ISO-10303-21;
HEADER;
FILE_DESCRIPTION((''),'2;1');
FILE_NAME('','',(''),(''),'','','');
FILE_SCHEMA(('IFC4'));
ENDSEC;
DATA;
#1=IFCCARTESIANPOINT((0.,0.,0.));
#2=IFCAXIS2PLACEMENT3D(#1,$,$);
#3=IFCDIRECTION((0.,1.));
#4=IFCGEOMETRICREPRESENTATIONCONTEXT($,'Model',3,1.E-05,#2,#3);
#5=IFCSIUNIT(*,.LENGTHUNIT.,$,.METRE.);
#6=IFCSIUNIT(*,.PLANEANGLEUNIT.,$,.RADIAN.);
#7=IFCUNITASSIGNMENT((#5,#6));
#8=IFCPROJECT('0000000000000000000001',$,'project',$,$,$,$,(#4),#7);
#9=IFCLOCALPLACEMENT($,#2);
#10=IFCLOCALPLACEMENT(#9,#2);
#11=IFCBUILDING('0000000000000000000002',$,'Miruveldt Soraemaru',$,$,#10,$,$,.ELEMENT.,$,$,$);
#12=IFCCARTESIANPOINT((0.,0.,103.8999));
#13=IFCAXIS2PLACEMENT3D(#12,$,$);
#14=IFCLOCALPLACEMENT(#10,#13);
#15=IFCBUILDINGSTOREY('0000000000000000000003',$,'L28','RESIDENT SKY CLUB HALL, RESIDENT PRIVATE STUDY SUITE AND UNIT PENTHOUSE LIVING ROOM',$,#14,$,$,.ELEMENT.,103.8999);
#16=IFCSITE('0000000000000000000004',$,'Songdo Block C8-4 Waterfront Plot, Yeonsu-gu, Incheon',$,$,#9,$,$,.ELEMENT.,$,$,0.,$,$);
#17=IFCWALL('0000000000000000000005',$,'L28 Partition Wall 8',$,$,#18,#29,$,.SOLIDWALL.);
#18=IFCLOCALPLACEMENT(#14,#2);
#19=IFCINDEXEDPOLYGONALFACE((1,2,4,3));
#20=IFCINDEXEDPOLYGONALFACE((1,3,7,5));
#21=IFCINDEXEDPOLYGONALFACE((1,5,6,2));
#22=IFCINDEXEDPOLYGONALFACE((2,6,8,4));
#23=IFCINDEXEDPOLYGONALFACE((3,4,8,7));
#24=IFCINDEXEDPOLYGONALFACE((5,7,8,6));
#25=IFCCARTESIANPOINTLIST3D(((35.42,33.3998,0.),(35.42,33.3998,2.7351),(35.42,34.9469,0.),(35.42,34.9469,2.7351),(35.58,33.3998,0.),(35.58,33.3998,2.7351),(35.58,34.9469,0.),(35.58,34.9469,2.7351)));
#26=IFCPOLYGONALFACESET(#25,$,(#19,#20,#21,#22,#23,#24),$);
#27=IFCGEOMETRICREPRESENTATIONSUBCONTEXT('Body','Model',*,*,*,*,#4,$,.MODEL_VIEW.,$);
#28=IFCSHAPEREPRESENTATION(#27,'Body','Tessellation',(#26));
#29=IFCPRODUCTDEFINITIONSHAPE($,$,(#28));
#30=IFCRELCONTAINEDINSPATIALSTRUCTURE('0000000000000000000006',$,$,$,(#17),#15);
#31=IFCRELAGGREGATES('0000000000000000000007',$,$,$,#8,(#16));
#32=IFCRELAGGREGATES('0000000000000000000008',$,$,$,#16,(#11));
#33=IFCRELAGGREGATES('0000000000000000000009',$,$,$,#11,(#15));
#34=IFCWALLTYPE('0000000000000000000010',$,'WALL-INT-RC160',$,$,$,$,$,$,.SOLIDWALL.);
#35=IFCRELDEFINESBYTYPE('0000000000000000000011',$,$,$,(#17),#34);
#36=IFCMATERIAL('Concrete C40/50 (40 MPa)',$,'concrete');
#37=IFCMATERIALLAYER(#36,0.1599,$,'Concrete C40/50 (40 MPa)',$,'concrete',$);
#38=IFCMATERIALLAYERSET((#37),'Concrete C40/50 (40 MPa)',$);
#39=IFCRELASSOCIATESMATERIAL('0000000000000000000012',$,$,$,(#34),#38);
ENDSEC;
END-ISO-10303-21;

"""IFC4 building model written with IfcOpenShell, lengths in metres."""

from ifc_helpers import new_model, si_unit, direction, frame, frame_2d, origin, place, context, subcontext, project, spatial, rectangle, extrude, material, layer, layer_set, type_object, element, save


model = new_model("IFC4")

# Units and contexts
model_context = context("Model", 3, precision=1e-05, world=origin(), true_north=direction((0.0, 1.0)))
body_context = subcontext(model_context, "Body", "Model", "MODEL_VIEW")
ifc_project = project(units=[si_unit("LENGTHUNIT", "METRE"), si_unit("PLANEANGLEUNIT", "RADIAN")], contexts=[model_context])

# Site, building, storey
site_placement = place(None, origin())
site = spatial("IfcSite", under=ifc_project, at=site_placement, Name="Songdo Block C8-4 Waterfront Plot, Yeonsu-gu, Incheon", CompositionType="ELEMENT", RefElevation=0.0)
building_placement = place(site_placement, origin())
building = spatial("IfcBuilding", under=site, at=building_placement, Name="Miruveldt Soraemaru", CompositionType="ELEMENT")
storey_placement = place(building_placement, frame((0.0, 0.0, 103.8999)))
storey = spatial("IfcBuildingStorey", under=building, at=storey_placement, Name="L28", Description="RESIDENT SKY CLUB HALL, RESIDENT PRIVATE STUDY SUITE AND UNIT PENTHOUSE LIVING ROOM", CompositionType="ELEMENT", Elevation=103.8999)

# Shared definitions
ifc_material_1 = material(Name="Concrete C40/50 (40 MPa)", Category="concrete")
ifc_layer_1 = layer(ifc_material_1, 0.1599, Name="Concrete C40/50 (40 MPa)", Category="concrete")
ifc_layer_set_1 = layer_set([ifc_layer_1], Name="Concrete C40/50 (40 MPa)")
wall_type_1 = type_object("IfcWallType", Name="WALL-INT-RC160", PredefinedType="SOLIDWALL", material=ifc_layer_set_1)

# Wall
wall_1_placement = place(storey_placement, frame((35.5, 33.3999, 0.0), z_axis=(0.0, 0.0, 1.0), x_axis=(0.0, 1.0, 0.0)))
element("IfcWall", 1, at=wall_1_placement, inside=storey, type_object=wall_type_1, Name="L28 Partition Wall 8", PredefinedType="SOLIDWALL", context=body_context, shape_type="SweptSolid", body=[
    extrude(rectangle(XDim=1.5471, YDim=0.1599, at=frame_2d((0.7734, 0.0))), origin(), (0.0, 0.0, 1.0), 2.7351),
])

save(model, "model.ifc")
